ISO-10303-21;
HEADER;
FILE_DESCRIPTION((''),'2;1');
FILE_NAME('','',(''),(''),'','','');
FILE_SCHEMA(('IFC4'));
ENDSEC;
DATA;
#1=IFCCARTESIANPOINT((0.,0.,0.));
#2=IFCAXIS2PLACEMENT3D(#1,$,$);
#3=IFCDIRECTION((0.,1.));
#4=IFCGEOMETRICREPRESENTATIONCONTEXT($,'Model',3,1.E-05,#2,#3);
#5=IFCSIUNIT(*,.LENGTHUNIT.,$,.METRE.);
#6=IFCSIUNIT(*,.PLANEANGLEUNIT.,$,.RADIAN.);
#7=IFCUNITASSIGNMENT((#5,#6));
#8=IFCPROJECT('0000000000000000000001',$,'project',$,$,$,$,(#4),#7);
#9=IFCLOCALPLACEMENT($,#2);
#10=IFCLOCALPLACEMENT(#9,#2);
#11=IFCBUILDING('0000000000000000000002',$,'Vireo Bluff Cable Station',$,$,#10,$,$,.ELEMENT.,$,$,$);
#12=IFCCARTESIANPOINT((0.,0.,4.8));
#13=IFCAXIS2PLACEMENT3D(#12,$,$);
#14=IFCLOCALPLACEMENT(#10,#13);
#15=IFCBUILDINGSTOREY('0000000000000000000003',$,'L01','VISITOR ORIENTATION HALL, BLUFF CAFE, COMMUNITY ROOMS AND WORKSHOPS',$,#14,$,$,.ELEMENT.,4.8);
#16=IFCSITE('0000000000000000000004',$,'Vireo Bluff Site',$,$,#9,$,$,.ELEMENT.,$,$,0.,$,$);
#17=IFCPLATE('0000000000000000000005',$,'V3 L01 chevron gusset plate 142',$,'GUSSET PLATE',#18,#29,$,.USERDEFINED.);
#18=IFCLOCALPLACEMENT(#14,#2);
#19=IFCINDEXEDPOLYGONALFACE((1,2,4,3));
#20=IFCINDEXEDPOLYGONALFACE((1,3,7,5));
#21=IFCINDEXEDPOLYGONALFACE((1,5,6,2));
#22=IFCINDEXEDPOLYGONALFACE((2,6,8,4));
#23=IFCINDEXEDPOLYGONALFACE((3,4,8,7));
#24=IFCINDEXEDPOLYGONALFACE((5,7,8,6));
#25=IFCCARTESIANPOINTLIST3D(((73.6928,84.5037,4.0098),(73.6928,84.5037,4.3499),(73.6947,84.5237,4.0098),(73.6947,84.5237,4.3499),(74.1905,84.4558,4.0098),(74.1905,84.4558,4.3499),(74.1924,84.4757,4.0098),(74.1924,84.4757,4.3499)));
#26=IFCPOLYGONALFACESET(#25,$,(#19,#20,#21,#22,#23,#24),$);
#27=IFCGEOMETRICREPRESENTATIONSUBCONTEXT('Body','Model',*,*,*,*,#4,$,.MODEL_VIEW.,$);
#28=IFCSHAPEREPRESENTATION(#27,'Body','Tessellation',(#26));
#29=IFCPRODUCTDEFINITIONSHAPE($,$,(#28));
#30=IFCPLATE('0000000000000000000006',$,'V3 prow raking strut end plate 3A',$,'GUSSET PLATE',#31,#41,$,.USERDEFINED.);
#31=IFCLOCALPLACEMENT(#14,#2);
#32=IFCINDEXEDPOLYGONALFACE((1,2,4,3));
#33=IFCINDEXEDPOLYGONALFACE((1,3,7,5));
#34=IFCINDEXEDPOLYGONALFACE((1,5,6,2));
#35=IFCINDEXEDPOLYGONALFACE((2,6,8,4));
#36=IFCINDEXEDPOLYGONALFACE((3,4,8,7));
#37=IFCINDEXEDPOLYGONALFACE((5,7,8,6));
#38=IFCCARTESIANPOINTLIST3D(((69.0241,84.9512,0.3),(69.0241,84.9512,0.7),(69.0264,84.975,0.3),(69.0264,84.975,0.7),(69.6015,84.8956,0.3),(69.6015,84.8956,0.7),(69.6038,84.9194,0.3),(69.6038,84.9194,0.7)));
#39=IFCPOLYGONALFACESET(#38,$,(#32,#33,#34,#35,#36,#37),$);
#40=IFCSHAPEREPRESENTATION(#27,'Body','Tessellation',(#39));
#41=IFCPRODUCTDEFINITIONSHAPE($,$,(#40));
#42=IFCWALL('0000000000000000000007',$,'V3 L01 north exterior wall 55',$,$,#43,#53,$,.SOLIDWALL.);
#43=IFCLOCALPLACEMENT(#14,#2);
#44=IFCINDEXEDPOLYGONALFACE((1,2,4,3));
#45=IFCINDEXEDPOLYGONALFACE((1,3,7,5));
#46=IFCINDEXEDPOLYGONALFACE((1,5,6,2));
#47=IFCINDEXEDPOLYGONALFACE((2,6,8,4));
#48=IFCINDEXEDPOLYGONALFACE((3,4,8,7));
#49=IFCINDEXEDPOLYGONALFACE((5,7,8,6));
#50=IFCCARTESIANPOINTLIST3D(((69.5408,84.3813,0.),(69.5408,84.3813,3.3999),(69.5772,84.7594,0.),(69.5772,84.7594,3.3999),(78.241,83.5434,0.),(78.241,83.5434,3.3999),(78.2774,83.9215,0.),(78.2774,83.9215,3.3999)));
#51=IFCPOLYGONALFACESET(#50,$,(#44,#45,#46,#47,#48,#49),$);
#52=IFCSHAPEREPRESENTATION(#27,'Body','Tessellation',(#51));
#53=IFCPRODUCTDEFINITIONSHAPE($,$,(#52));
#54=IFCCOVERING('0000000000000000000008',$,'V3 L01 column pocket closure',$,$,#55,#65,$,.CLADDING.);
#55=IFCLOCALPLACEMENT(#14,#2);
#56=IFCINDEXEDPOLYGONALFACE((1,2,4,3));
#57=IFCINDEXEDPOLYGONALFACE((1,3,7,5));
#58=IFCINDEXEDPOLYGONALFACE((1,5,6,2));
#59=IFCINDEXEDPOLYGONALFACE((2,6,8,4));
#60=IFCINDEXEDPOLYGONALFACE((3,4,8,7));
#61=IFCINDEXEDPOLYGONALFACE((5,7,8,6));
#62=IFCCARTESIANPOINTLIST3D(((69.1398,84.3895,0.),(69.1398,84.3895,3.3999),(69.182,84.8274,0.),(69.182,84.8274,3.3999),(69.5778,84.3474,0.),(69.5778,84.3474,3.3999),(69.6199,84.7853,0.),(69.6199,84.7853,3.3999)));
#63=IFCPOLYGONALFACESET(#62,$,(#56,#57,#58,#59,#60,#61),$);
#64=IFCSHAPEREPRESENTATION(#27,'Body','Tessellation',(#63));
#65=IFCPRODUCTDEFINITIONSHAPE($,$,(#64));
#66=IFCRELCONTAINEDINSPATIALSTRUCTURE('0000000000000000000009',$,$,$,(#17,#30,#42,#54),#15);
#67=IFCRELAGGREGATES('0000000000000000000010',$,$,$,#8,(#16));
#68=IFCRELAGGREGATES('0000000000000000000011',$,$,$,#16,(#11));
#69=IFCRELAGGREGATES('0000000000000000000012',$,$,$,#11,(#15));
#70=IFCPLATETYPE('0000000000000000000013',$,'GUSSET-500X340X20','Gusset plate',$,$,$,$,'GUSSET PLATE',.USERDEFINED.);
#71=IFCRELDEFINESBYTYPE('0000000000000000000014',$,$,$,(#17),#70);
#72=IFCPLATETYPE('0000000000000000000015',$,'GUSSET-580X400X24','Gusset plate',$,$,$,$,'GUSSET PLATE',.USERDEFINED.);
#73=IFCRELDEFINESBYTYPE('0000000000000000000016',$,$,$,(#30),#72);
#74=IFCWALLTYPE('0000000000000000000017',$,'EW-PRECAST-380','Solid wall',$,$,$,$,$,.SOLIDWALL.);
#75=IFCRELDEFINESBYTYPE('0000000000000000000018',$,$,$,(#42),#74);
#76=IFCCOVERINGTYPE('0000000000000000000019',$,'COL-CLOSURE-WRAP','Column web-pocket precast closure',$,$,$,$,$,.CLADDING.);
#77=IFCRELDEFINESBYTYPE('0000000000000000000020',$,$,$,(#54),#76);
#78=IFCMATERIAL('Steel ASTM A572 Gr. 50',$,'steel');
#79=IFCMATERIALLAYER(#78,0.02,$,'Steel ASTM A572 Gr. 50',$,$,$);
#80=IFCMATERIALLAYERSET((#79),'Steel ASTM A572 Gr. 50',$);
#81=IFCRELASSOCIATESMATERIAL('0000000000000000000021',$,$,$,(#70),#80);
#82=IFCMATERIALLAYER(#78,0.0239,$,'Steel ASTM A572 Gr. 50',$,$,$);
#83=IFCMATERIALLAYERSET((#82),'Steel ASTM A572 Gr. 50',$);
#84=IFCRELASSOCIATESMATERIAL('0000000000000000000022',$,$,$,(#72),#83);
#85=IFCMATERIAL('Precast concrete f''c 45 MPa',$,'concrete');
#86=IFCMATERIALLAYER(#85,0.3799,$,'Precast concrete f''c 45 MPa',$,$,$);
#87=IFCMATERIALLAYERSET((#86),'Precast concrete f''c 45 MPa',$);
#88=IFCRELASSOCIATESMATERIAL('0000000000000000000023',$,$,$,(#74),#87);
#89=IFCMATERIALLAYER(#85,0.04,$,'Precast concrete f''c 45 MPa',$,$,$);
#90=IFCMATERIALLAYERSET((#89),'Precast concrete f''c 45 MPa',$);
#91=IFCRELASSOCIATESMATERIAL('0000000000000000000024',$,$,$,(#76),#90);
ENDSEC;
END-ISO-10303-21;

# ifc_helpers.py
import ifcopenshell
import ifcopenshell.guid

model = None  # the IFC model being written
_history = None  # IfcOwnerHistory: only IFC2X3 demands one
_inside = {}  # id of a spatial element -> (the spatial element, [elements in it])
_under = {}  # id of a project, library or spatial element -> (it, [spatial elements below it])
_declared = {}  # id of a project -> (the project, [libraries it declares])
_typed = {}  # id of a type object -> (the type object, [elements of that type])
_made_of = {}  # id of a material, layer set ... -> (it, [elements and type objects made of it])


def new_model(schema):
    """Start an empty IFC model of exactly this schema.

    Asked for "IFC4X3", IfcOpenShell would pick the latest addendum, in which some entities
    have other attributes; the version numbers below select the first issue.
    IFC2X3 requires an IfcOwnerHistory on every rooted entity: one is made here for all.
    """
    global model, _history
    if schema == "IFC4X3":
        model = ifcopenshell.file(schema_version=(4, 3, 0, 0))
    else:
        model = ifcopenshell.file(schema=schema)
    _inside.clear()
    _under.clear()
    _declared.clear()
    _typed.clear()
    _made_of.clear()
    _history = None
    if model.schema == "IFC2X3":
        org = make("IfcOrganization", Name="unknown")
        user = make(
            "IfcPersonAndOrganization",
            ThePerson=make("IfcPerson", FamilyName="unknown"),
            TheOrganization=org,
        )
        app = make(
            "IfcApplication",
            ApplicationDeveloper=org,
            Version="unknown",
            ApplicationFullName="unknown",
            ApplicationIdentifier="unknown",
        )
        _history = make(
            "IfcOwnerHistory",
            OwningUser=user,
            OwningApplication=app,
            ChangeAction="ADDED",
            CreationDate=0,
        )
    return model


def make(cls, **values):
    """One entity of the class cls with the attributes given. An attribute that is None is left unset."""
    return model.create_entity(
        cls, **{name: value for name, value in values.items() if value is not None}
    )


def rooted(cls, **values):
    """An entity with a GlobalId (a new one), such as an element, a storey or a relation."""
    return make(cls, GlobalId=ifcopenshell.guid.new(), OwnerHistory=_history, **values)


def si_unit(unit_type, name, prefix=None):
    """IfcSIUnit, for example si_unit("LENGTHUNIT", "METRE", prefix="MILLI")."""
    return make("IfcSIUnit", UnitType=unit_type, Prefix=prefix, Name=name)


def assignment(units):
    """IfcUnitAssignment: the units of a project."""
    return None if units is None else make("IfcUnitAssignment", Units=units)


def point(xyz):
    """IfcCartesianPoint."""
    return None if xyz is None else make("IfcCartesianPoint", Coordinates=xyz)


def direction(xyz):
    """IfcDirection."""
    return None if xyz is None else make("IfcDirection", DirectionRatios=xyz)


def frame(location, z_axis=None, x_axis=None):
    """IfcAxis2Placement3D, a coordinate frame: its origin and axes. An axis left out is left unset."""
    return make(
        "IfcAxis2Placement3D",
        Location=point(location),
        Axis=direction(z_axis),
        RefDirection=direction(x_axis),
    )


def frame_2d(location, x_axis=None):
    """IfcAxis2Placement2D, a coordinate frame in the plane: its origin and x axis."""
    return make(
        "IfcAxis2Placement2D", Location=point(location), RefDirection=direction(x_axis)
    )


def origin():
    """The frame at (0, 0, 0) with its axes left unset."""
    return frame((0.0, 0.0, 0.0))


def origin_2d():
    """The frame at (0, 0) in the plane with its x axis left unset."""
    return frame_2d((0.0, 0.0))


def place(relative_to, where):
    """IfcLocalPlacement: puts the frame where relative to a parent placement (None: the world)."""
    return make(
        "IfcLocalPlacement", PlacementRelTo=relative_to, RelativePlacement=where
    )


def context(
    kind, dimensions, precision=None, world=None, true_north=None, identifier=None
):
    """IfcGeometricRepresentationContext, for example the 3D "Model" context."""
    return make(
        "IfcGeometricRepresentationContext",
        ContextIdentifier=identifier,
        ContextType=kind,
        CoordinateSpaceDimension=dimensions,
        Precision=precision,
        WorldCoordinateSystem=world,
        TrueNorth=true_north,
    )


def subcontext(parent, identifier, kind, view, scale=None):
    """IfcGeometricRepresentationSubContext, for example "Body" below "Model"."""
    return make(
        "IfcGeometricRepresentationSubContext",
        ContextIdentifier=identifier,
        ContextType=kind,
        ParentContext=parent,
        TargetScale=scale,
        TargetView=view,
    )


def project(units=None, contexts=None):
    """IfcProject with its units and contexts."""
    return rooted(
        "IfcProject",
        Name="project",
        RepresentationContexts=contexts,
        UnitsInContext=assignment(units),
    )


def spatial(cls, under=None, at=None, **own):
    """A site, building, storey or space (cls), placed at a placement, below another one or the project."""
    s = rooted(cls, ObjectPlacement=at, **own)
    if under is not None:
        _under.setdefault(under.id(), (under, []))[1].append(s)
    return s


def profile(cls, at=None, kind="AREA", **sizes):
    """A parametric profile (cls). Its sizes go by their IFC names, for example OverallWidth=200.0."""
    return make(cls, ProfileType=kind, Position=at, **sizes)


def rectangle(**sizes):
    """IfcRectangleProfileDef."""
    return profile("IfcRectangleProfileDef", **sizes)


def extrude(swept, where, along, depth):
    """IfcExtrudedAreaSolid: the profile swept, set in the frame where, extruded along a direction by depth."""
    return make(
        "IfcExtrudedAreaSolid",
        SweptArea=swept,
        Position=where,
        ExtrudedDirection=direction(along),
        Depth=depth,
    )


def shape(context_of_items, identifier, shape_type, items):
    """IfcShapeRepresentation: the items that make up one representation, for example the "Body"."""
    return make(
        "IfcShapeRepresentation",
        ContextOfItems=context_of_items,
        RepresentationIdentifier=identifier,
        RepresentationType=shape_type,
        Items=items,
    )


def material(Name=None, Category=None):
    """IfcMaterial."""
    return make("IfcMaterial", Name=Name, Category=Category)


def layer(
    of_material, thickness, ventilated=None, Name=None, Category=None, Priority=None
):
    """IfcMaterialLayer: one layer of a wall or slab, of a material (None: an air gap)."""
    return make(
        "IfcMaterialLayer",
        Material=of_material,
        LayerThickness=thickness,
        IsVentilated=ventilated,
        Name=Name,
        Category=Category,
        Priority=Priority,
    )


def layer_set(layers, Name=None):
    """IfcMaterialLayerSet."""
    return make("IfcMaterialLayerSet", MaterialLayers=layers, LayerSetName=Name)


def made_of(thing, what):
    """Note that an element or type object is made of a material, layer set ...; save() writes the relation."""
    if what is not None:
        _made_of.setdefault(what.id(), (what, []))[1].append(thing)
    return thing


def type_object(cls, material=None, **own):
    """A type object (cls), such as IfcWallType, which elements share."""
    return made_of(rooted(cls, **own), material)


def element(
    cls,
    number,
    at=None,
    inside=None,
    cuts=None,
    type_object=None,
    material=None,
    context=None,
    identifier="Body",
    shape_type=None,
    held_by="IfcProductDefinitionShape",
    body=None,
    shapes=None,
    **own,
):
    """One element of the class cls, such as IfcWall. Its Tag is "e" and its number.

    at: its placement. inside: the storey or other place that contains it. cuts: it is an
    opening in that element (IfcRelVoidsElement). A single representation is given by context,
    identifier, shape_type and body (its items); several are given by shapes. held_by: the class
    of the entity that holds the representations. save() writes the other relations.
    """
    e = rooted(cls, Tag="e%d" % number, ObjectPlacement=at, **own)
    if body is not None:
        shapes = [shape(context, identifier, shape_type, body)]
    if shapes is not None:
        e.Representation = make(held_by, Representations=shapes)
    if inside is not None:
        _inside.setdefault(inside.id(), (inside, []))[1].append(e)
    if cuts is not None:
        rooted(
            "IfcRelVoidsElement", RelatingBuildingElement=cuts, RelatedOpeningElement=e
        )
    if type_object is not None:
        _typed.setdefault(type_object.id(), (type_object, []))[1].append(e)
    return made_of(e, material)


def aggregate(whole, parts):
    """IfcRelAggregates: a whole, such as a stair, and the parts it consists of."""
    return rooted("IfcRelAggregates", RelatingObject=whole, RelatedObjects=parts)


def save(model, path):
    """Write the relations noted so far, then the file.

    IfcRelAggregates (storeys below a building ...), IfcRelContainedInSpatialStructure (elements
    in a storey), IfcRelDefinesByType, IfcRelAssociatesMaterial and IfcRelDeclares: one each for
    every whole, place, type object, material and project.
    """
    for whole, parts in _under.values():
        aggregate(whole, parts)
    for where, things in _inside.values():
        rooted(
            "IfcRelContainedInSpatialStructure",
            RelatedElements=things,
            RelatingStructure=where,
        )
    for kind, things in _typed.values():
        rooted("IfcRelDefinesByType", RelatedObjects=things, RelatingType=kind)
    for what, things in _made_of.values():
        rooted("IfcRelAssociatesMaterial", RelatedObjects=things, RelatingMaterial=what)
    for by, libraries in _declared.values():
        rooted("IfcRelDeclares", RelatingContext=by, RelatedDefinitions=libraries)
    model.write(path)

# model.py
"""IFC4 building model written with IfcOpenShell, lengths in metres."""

from ifc_helpers import new_model, si_unit, direction, frame, frame_2d, origin, origin_2d, place, context, subcontext, project, spatial, rectangle, extrude, material, layer, layer_set, type_object, element, save


model = new_model("IFC4")

# Units and contexts
model_context = context("Model", 3, precision=1e-05, world=origin(), true_north=direction((0.0, 1.0)))
body_context = subcontext(model_context, "Body", "Model", "MODEL_VIEW")
ifc_project = project(units=[si_unit("LENGTHUNIT", "METRE"), si_unit("PLANEANGLEUNIT", "RADIAN")], contexts=[model_context])

# Site, building, storey
site_placement = place(None, origin())
site = spatial("IfcSite", under=ifc_project, at=site_placement, Name="Vireo Bluff Site", CompositionType="ELEMENT", RefElevation=0.0)
building_placement = place(site_placement, origin())
building = spatial("IfcBuilding", under=site, at=building_placement, Name="Vireo Bluff Cable Station", CompositionType="ELEMENT")
storey_placement = place(building_placement, frame((0.0, 0.0, 4.8)))
storey = spatial("IfcBuildingStorey", under=building, at=storey_placement, Name="L01", Description="VISITOR ORIENTATION HALL, BLUFF CAFE, COMMUNITY ROOMS AND WORKSHOPS", CompositionType="ELEMENT", Elevation=4.8)

# Plates
ifc_material_1 = material(Name="Steel ASTM A572 Gr. 50", Category="steel")
ifc_layer_1 = layer(ifc_material_1, 0.02, Name="Steel ASTM A572 Gr. 50")
ifc_layer_set_1 = layer_set([ifc_layer_1], Name="Steel ASTM A572 Gr. 50")
plate_type_1 = type_object("IfcPlateType", Name="GUSSET-500X340X20", Description="Gusset plate", ElementType="GUSSET PLATE", PredefinedType="USERDEFINED", material=ifc_layer_set_1)
plate_1_placement = place(storey_placement, frame((73.9426, 84.4897, 4.0098), z_axis=(0.0, 0.0, 1.0), x_axis=(0.995396, -0.095846, 0.0)))
element("IfcPlate", 1, at=plate_1_placement, inside=storey, type_object=plate_type_1, Name="V3 L01 chevron gusset plate 142", ObjectType="GUSSET PLATE", PredefinedType="USERDEFINED", context=body_context, shape_type="SweptSolid", body=[
    extrude(rectangle(XDim=0.5, YDim=0.02, at=origin_2d()), origin(), (0.0, 0.0, 1.0), 0.3401),
])
ifc_layer_2 = layer(ifc_material_1, 0.0239, Name="Steel ASTM A572 Gr. 50")
ifc_layer_set_2 = layer_set([ifc_layer_2], Name="Steel ASTM A572 Gr. 50")
plate_type_2 = type_object("IfcPlateType", Name="GUSSET-580X400X24", Description="Gusset plate", ElementType="GUSSET PLATE", PredefinedType="USERDEFINED", material=ifc_layer_set_2)
plate_2_placement = place(storey_placement, frame((69.314, 84.9353, 0.3), z_axis=(0.0, 0.0, 1.0), x_axis=(0.995396, -0.095846, 0.0)))
element("IfcPlate", 2, at=plate_2_placement, inside=storey, type_object=plate_type_2, Name="V3 prow raking strut end plate 3A", ObjectType="GUSSET PLATE", PredefinedType="USERDEFINED", context=body_context, shape_type="SweptSolid", body=[
    extrude(rectangle(XDim=0.5801, YDim=0.0239, at=origin_2d()), origin(), (0.0, 0.0, 1.0), 0.3999),
])

# Wall
ifc_material_2 = material(Name="Precast concrete f'c 45 MPa", Category="concrete")
ifc_layer_3 = layer(ifc_material_2, 0.3799, Name="Precast concrete f'c 45 MPa")
ifc_layer_set_3 = layer_set([ifc_layer_3], Name="Precast concrete f'c 45 MPa")
wall_type = type_object("IfcWallType", Name="EW-PRECAST-380", Description="Solid wall", PredefinedType="SOLIDWALL", material=ifc_layer_set_3)
wall_placement = place(storey_placement, frame((69.5591, 84.5703, 0.0), z_axis=(0.0, 0.0, 1.0), x_axis=(0.995394, -0.095864, 0.0)))
element("IfcWall", 3, at=wall_placement, inside=storey, type_object=wall_type, Name="V3 L01 north exterior wall 55", PredefinedType="SOLIDWALL", context=body_context, shape_type="SweptSolid", body=[
    extrude(rectangle(XDim=8.7405, YDim=0.3799, at=frame_2d((4.3701, 0.0))), origin(), (0.0, 0.0, 1.0), 3.3999),
])

# Covering
ifc_layer_4 = layer(ifc_material_2, 0.04, Name="Precast concrete f'c 45 MPa")
ifc_layer_set_4 = layer_set([ifc_layer_4], Name="Precast concrete f'c 45 MPa")
covering_type = type_object("IfcCoveringType", Name="COL-CLOSURE-WRAP", Description="Column web-pocket precast closure", PredefinedType="CLADDING", material=ifc_layer_set_4)
covering_placement = place(storey_placement, frame((69.3799, 84.5874, 0.0), z_axis=(0.0, 0.0, 1.0), x_axis=(0.995396, -0.095846, 0.0)))
element("IfcCovering", 4, at=covering_placement, inside=storey, type_object=covering_type, Name="V3 L01 column pocket closure", PredefinedType="CLADDING", context=body_context, shape_type="SweptSolid", body=[
    extrude(rectangle(XDim=0.4399, YDim=0.4399, at=origin_2d()), origin(), (0.0, 0.0, 1.0), 3.3999),
])

save(model, "model.ifc")
